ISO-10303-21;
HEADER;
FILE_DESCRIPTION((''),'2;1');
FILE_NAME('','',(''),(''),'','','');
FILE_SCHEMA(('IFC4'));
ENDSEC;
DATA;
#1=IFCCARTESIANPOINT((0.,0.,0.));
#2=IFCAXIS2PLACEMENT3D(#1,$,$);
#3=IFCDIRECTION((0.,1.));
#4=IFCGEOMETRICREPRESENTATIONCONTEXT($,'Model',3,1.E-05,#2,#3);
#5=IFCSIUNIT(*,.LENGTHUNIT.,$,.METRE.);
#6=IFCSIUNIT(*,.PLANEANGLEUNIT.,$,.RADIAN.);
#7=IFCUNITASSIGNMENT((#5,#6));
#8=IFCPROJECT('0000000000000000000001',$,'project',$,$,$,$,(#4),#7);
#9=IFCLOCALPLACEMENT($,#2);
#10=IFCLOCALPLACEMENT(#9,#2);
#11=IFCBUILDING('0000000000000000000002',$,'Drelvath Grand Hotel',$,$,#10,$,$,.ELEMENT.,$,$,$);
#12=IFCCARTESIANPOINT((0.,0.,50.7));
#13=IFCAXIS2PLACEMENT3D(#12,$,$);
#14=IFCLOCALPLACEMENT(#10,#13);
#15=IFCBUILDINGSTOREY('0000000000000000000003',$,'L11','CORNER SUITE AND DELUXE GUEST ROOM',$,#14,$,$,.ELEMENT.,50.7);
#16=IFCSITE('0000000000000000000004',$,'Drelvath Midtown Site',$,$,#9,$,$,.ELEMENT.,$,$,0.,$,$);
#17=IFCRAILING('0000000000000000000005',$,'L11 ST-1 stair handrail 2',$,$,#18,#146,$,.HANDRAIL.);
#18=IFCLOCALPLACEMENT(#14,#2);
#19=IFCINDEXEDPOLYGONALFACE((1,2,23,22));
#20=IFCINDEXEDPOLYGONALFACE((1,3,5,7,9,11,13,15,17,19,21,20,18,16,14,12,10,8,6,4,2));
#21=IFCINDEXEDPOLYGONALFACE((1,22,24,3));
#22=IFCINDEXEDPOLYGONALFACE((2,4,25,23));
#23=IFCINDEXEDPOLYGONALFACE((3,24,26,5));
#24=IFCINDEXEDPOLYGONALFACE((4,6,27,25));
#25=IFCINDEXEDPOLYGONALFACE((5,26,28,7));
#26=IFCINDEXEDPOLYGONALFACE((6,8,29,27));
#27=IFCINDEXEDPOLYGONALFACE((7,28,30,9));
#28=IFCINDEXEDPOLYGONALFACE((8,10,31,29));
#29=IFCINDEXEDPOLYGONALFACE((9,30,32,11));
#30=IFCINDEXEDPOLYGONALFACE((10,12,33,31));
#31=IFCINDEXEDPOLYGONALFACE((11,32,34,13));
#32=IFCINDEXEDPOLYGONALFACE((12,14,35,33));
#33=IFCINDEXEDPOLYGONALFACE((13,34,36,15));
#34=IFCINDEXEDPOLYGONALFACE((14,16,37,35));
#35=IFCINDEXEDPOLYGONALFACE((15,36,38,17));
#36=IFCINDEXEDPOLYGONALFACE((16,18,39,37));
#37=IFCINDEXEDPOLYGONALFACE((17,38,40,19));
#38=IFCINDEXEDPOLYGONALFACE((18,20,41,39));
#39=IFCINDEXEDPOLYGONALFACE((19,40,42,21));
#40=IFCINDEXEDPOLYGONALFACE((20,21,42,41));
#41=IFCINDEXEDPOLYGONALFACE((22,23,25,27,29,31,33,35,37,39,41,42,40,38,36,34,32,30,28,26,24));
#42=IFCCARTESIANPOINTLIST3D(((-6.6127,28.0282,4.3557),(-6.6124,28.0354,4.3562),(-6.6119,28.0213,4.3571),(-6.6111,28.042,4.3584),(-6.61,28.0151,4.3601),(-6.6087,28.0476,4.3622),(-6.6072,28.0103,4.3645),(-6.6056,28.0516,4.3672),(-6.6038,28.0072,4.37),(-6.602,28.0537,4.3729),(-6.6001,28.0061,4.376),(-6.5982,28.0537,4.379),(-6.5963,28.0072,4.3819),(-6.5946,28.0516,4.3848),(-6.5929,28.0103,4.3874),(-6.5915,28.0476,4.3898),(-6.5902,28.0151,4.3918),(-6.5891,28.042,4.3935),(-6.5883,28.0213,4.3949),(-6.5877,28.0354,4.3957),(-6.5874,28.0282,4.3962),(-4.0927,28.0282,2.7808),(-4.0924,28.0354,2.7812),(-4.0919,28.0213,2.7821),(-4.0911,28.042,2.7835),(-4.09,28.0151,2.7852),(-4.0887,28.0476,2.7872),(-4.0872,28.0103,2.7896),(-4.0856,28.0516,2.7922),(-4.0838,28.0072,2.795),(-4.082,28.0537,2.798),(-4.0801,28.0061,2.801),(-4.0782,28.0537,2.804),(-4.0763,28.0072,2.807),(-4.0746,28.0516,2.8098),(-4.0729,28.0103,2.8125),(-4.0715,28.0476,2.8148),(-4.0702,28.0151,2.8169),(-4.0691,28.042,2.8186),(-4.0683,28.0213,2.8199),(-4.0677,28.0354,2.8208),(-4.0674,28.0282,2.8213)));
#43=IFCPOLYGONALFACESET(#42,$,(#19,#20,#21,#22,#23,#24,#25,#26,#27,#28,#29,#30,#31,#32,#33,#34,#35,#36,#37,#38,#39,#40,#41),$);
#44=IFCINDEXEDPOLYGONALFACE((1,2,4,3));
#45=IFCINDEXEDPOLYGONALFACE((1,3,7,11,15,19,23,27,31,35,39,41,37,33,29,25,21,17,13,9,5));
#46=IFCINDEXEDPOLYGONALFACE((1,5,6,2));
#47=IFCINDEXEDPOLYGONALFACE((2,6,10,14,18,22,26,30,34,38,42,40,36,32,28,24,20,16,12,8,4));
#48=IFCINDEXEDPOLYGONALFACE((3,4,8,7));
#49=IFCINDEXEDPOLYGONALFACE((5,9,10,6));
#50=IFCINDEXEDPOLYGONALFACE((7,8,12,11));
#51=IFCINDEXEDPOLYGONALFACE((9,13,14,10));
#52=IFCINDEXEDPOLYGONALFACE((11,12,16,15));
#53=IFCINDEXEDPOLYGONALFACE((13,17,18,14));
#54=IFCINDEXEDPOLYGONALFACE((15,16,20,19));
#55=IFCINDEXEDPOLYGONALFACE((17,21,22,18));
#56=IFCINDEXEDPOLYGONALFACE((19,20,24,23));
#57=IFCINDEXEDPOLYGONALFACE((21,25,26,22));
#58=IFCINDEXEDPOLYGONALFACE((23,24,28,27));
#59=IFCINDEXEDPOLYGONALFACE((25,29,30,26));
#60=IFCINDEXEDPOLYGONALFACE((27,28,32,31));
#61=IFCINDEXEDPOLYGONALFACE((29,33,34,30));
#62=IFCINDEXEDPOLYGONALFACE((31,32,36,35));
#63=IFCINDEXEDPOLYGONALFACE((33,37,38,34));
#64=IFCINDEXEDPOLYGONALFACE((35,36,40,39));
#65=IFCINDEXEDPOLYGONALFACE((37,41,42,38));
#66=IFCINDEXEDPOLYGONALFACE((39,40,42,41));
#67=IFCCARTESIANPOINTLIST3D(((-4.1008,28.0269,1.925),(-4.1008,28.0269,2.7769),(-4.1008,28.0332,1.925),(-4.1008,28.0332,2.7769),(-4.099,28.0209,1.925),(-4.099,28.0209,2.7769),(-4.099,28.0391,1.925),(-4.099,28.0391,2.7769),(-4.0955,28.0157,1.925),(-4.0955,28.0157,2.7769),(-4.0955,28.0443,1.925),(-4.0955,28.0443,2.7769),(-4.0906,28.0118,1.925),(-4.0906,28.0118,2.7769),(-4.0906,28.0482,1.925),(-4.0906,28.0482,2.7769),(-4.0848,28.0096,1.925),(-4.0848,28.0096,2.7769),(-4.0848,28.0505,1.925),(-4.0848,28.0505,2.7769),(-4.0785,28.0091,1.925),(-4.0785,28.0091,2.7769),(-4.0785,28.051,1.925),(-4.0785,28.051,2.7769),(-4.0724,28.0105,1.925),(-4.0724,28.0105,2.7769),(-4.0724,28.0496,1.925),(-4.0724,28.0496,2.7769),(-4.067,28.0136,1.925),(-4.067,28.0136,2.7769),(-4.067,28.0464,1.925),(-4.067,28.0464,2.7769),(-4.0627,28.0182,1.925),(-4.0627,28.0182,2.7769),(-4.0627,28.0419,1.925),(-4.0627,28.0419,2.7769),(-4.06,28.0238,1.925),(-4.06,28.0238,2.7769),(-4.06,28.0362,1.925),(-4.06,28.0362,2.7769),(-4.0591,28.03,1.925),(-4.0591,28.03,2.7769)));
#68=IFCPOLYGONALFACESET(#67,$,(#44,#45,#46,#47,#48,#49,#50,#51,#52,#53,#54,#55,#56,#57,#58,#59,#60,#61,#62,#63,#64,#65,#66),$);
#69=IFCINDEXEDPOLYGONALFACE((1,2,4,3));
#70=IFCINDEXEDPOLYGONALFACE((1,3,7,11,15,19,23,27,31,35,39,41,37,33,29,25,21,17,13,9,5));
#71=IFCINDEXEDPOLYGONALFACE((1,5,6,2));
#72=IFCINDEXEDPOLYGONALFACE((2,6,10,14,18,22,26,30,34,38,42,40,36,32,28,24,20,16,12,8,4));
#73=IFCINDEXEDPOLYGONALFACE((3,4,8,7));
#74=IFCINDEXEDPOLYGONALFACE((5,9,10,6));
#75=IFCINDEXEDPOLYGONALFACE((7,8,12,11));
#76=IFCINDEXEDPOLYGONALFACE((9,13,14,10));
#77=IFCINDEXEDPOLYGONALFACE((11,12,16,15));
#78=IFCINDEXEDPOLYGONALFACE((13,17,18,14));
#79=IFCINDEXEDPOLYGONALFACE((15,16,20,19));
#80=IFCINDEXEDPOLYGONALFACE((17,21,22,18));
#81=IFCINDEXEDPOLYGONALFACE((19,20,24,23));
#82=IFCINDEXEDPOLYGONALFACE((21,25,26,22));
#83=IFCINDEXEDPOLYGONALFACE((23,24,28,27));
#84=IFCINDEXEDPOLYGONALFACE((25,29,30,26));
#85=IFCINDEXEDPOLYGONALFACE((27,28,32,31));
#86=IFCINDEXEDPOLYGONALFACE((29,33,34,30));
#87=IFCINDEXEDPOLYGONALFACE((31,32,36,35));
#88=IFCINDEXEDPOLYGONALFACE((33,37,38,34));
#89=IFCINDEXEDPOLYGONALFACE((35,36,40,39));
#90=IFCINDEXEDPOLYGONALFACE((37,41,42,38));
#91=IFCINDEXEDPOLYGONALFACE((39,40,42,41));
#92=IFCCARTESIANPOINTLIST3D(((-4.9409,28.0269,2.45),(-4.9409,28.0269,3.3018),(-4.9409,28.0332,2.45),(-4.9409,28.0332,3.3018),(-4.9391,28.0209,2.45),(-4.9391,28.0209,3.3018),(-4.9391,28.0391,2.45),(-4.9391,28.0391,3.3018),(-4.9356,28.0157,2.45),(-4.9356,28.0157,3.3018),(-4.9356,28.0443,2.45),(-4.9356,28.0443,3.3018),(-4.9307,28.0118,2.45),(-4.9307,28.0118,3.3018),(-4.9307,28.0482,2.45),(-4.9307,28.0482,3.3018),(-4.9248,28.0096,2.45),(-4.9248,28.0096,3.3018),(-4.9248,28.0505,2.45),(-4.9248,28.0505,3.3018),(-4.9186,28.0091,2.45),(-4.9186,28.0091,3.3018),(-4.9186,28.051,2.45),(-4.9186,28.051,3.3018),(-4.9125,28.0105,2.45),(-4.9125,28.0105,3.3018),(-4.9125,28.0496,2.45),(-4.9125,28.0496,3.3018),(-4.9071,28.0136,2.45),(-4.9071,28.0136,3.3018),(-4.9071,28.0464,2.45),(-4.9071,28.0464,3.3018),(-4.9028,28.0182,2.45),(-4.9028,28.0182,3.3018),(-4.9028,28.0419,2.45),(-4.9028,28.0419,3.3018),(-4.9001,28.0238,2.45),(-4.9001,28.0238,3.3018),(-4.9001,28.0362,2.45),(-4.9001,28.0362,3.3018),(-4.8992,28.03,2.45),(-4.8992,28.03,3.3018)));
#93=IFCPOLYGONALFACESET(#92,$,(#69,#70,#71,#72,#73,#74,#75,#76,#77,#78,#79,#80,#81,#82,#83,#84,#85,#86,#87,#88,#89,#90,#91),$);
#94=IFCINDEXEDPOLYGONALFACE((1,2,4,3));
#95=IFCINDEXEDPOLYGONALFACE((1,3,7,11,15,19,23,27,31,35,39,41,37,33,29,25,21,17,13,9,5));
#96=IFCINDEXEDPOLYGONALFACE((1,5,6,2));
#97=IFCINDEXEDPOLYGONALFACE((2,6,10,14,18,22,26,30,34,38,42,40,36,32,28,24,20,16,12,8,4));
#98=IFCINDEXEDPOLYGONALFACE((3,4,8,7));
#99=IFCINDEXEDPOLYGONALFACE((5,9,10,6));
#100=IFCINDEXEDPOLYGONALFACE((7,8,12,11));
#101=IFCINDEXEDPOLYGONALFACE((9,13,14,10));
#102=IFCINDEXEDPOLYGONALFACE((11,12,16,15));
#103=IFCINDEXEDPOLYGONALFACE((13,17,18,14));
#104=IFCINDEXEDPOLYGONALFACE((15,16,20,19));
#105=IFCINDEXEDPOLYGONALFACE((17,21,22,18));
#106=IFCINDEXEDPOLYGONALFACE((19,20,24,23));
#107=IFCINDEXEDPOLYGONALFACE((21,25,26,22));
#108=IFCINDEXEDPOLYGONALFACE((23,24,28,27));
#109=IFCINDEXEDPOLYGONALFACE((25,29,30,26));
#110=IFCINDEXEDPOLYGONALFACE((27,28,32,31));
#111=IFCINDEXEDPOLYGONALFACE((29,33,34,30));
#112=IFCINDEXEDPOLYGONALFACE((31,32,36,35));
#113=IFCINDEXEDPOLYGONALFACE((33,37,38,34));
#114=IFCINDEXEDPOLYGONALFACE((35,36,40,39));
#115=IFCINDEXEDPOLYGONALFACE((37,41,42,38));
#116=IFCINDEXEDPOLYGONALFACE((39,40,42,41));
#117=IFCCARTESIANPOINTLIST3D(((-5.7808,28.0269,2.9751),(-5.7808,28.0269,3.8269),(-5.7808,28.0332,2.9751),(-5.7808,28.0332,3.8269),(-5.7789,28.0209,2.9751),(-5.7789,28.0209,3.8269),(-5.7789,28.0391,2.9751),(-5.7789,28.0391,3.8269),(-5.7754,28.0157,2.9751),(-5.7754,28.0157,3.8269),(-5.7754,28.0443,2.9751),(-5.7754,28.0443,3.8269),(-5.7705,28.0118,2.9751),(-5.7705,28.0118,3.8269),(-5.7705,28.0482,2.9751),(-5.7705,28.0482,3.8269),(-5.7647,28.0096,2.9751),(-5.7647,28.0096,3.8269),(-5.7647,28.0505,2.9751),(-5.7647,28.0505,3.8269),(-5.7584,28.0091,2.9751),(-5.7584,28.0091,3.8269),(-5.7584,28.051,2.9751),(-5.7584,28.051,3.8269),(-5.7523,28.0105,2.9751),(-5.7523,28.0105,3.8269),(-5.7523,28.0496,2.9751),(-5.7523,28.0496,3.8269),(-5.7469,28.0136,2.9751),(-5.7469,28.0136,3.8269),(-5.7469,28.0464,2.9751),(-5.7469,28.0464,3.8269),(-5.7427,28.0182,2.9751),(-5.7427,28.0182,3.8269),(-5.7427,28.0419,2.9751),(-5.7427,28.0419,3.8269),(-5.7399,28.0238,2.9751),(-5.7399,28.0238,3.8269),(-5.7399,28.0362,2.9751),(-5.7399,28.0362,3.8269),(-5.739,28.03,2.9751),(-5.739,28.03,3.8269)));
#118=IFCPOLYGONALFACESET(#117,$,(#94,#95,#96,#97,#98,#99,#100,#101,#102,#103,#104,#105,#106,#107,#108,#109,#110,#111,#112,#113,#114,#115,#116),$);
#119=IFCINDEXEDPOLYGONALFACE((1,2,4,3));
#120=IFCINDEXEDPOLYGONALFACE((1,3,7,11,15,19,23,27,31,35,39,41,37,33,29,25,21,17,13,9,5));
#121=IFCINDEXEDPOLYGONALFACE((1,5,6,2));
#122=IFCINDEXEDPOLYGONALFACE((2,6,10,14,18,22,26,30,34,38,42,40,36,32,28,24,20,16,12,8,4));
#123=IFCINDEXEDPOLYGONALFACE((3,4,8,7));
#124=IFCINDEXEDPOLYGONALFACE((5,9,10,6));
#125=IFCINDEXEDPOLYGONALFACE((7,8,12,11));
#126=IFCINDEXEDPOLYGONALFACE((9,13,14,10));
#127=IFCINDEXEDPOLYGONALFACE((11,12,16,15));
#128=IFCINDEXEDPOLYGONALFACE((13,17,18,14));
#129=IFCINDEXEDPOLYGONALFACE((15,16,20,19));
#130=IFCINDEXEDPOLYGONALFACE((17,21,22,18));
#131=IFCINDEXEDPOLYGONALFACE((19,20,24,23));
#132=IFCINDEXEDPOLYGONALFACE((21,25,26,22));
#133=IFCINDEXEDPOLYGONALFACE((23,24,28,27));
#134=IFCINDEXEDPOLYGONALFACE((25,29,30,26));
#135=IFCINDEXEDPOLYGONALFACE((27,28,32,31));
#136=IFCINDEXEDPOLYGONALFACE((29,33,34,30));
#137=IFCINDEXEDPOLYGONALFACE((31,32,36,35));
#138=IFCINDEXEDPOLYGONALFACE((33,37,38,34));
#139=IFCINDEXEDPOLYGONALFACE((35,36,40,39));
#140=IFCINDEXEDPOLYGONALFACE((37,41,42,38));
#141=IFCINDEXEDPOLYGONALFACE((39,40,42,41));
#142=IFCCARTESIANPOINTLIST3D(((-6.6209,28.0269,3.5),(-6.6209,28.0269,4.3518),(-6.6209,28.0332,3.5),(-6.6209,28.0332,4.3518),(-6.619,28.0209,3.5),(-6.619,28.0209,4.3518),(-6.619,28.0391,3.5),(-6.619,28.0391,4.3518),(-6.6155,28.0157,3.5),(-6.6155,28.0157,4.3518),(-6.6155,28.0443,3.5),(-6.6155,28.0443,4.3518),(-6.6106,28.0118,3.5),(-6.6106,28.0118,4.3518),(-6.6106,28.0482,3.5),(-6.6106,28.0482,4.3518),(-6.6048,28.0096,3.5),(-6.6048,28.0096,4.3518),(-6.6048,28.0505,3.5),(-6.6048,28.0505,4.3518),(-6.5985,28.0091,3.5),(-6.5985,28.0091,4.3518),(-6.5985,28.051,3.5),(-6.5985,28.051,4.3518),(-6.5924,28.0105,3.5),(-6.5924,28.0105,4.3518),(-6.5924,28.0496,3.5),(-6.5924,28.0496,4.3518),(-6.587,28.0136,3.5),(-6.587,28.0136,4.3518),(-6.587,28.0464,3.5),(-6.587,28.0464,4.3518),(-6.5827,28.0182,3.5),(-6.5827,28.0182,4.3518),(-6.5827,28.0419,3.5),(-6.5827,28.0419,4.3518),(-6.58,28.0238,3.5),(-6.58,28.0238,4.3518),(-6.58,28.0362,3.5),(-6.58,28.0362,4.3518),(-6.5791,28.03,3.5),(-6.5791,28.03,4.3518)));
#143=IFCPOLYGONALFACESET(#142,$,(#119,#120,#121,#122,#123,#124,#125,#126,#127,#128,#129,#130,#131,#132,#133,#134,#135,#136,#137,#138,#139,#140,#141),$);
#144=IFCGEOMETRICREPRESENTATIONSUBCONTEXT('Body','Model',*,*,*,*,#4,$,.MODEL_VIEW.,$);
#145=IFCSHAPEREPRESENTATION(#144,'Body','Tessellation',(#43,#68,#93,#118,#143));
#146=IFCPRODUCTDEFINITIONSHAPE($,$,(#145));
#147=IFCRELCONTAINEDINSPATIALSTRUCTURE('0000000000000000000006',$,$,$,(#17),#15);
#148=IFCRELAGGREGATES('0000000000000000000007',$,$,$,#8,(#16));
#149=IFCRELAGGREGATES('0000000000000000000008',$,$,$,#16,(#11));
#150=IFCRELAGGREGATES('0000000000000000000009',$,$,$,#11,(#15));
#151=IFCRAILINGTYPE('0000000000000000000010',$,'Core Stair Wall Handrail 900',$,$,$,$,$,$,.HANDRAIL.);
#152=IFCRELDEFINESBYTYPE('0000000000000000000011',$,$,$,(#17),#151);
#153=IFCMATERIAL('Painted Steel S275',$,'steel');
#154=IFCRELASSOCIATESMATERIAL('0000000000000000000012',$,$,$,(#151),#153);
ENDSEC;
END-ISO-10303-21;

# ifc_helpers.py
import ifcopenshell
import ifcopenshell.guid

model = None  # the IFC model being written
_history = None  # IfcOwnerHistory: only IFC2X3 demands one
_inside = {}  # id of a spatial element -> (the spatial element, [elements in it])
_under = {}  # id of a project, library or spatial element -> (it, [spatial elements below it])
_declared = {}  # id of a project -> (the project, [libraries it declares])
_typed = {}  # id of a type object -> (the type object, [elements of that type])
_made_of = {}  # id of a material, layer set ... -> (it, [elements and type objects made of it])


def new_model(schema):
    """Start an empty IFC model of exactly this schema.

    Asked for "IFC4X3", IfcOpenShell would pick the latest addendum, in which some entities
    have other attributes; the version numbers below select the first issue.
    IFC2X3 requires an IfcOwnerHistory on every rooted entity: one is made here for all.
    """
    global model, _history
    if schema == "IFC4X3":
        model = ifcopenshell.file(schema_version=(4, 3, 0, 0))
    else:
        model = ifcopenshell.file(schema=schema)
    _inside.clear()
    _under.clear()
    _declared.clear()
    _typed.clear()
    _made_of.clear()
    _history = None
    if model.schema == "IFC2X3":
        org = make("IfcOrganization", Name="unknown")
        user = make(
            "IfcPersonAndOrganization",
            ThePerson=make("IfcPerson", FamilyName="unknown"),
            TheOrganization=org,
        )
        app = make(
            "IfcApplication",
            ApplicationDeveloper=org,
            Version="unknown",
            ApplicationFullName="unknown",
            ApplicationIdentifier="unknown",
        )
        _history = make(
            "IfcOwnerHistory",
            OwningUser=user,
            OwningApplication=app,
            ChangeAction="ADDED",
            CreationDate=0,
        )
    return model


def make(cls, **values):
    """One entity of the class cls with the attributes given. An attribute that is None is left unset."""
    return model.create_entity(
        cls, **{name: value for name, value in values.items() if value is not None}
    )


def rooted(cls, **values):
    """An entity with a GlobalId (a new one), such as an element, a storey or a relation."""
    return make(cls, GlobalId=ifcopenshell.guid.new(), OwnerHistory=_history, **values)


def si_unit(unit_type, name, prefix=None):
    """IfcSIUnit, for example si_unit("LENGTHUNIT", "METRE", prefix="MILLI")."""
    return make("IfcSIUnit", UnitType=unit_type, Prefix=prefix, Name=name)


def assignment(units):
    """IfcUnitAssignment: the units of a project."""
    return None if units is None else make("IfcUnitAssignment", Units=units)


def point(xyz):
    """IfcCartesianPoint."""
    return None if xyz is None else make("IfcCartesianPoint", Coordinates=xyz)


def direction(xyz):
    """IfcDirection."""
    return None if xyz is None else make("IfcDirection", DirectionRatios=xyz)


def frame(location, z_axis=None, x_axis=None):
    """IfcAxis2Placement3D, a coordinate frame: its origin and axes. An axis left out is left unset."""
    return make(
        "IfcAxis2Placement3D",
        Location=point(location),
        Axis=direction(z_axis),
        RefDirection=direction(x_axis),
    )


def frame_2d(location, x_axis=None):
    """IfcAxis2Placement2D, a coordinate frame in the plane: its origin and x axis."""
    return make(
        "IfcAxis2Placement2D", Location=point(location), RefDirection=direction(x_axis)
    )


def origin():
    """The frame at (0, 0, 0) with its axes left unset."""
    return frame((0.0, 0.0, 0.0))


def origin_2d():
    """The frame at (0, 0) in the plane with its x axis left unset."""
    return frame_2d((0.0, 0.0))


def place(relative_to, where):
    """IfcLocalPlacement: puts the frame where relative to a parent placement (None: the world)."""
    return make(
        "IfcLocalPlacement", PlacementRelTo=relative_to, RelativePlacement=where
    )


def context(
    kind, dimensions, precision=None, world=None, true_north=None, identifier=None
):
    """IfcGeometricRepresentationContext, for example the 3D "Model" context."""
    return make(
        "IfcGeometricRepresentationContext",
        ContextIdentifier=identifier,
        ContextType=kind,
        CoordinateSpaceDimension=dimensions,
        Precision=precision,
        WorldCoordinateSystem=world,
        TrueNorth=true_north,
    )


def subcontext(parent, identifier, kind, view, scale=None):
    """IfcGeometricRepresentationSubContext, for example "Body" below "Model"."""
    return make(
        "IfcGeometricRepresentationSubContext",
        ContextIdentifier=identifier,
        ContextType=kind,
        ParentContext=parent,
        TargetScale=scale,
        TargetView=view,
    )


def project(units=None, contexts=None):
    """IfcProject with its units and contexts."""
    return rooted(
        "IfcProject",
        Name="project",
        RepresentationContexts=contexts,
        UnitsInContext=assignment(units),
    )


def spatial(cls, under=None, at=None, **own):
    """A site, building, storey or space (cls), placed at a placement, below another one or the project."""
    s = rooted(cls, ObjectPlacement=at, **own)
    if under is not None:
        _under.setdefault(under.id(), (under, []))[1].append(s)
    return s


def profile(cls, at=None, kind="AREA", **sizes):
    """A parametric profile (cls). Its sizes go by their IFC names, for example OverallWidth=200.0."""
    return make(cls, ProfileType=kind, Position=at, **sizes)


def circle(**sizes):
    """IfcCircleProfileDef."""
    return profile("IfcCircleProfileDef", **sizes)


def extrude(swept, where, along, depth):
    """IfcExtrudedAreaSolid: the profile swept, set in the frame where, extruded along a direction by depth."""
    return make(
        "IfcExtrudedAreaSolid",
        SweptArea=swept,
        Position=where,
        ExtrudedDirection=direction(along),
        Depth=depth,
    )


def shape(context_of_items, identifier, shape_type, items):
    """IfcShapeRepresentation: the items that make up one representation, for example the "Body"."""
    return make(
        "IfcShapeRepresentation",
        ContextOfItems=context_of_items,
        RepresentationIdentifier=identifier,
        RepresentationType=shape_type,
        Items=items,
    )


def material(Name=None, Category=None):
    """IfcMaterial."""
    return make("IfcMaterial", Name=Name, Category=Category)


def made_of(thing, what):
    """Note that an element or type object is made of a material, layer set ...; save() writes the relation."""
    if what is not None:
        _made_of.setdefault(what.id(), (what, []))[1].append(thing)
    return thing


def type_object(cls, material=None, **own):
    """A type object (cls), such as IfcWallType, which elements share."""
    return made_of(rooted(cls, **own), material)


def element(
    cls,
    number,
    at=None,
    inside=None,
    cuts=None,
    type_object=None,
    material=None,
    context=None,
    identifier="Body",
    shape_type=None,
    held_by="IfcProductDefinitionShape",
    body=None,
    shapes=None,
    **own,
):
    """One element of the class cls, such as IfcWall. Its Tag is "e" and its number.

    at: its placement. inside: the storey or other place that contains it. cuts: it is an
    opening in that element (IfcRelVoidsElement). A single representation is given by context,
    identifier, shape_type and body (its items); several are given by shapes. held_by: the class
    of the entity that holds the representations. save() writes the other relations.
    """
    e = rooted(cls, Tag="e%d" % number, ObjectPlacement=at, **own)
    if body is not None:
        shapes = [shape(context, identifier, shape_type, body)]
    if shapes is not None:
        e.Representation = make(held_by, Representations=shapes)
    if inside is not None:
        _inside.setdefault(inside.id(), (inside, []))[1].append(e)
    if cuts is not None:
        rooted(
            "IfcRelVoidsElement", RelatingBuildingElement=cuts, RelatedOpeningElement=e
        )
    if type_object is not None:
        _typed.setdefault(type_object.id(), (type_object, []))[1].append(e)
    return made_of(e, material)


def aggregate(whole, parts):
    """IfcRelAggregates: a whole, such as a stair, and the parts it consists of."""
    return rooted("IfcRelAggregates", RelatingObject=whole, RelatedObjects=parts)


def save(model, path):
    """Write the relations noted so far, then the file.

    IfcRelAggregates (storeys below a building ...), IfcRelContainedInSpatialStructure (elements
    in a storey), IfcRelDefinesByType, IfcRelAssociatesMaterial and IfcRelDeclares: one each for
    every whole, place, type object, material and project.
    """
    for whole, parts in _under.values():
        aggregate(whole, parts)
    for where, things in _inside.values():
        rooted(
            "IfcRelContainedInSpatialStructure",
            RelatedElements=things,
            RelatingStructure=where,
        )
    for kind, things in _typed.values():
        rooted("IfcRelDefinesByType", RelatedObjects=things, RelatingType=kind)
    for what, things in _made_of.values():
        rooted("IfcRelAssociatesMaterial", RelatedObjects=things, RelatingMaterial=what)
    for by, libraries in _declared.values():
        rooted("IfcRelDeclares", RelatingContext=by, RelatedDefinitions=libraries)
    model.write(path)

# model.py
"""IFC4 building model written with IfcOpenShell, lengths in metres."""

from ifc_helpers import new_model, si_unit, direction, frame, origin, origin_2d, place, context, subcontext, project, spatial, circle, extrude, material, type_object, element, save


model = new_model("IFC4")

# Units and contexts
model_context = context("Model", 3, precision=1e-05, world=origin(), true_north=direction((0.0, 1.0)))
body_context = subcontext(model_context, "Body", "Model", "MODEL_VIEW")
ifc_project = project(units=[si_unit("LENGTHUNIT", "METRE"), si_unit("PLANEANGLEUNIT", "RADIAN")], contexts=[model_context])

# Site, building, storey
site_placement = place(None, origin())
site = spatial("IfcSite", under=ifc_project, at=site_placement, Name="Drelvath Midtown Site", CompositionType="ELEMENT", RefElevation=0.0)
building_placement = place(site_placement, origin())
building = spatial("IfcBuilding", under=site, at=building_placement, Name="Drelvath Grand Hotel", CompositionType="ELEMENT")
storey_placement = place(building_placement, frame((0.0, 0.0, 50.7)))
storey = spatial("IfcBuildingStorey", under=building, at=storey_placement, Name="L11", Description="CORNER SUITE AND DELUXE GUEST ROOM", CompositionType="ELEMENT", Elevation=50.7)

# Shared definitions
ifc_material_1 = material(Name="Painted Steel S275", Category="steel")

# Railing
railing_type_1 = type_object("IfcRailingType", Name="Core Stair Wall Handrail 900", PredefinedType="HANDRAIL", material=ifc_material_1)
railing_1_placement = place(storey_placement, frame((-4.0801, 28.03, 1.925)))
element("IfcRailing", 1, at=railing_1_placement, inside=storey, type_object=railing_type_1, Name="L11 ST-1 stair handrail 2", PredefinedType="HANDRAIL", context=body_context, shape_type="SweptSolid", body=[
    extrude(circle(Radius=0.0239, at=origin_2d()), frame((0.0, 0.0, 0.876), z_axis=(-0.848008, 0.0, 0.529984), x_axis=(0.0, -1.0, 0.0)), (0.0, 0.0, 1.0), 2.9717),
    extrude(circle(Radius=0.021, at=origin_2d()), origin(), (0.0, 0.0, 1.0), 0.8518),
    extrude(circle(Radius=0.021, at=origin_2d()), frame((-0.8401, 0.0, 0.5249)), (0.0, 0.0, 1.0), 0.8518),
    extrude(circle(Radius=0.021, at=origin_2d()), frame((-1.6799, 0.0, 1.05)), (0.0, 0.0, 1.0), 0.8518),
    extrude(circle(Radius=0.021, at=origin_2d()), frame((-2.52, 0.0, 1.575)), (0.0, 0.0, 1.0), 0.8518),
])

save(model, "model.ifc")
